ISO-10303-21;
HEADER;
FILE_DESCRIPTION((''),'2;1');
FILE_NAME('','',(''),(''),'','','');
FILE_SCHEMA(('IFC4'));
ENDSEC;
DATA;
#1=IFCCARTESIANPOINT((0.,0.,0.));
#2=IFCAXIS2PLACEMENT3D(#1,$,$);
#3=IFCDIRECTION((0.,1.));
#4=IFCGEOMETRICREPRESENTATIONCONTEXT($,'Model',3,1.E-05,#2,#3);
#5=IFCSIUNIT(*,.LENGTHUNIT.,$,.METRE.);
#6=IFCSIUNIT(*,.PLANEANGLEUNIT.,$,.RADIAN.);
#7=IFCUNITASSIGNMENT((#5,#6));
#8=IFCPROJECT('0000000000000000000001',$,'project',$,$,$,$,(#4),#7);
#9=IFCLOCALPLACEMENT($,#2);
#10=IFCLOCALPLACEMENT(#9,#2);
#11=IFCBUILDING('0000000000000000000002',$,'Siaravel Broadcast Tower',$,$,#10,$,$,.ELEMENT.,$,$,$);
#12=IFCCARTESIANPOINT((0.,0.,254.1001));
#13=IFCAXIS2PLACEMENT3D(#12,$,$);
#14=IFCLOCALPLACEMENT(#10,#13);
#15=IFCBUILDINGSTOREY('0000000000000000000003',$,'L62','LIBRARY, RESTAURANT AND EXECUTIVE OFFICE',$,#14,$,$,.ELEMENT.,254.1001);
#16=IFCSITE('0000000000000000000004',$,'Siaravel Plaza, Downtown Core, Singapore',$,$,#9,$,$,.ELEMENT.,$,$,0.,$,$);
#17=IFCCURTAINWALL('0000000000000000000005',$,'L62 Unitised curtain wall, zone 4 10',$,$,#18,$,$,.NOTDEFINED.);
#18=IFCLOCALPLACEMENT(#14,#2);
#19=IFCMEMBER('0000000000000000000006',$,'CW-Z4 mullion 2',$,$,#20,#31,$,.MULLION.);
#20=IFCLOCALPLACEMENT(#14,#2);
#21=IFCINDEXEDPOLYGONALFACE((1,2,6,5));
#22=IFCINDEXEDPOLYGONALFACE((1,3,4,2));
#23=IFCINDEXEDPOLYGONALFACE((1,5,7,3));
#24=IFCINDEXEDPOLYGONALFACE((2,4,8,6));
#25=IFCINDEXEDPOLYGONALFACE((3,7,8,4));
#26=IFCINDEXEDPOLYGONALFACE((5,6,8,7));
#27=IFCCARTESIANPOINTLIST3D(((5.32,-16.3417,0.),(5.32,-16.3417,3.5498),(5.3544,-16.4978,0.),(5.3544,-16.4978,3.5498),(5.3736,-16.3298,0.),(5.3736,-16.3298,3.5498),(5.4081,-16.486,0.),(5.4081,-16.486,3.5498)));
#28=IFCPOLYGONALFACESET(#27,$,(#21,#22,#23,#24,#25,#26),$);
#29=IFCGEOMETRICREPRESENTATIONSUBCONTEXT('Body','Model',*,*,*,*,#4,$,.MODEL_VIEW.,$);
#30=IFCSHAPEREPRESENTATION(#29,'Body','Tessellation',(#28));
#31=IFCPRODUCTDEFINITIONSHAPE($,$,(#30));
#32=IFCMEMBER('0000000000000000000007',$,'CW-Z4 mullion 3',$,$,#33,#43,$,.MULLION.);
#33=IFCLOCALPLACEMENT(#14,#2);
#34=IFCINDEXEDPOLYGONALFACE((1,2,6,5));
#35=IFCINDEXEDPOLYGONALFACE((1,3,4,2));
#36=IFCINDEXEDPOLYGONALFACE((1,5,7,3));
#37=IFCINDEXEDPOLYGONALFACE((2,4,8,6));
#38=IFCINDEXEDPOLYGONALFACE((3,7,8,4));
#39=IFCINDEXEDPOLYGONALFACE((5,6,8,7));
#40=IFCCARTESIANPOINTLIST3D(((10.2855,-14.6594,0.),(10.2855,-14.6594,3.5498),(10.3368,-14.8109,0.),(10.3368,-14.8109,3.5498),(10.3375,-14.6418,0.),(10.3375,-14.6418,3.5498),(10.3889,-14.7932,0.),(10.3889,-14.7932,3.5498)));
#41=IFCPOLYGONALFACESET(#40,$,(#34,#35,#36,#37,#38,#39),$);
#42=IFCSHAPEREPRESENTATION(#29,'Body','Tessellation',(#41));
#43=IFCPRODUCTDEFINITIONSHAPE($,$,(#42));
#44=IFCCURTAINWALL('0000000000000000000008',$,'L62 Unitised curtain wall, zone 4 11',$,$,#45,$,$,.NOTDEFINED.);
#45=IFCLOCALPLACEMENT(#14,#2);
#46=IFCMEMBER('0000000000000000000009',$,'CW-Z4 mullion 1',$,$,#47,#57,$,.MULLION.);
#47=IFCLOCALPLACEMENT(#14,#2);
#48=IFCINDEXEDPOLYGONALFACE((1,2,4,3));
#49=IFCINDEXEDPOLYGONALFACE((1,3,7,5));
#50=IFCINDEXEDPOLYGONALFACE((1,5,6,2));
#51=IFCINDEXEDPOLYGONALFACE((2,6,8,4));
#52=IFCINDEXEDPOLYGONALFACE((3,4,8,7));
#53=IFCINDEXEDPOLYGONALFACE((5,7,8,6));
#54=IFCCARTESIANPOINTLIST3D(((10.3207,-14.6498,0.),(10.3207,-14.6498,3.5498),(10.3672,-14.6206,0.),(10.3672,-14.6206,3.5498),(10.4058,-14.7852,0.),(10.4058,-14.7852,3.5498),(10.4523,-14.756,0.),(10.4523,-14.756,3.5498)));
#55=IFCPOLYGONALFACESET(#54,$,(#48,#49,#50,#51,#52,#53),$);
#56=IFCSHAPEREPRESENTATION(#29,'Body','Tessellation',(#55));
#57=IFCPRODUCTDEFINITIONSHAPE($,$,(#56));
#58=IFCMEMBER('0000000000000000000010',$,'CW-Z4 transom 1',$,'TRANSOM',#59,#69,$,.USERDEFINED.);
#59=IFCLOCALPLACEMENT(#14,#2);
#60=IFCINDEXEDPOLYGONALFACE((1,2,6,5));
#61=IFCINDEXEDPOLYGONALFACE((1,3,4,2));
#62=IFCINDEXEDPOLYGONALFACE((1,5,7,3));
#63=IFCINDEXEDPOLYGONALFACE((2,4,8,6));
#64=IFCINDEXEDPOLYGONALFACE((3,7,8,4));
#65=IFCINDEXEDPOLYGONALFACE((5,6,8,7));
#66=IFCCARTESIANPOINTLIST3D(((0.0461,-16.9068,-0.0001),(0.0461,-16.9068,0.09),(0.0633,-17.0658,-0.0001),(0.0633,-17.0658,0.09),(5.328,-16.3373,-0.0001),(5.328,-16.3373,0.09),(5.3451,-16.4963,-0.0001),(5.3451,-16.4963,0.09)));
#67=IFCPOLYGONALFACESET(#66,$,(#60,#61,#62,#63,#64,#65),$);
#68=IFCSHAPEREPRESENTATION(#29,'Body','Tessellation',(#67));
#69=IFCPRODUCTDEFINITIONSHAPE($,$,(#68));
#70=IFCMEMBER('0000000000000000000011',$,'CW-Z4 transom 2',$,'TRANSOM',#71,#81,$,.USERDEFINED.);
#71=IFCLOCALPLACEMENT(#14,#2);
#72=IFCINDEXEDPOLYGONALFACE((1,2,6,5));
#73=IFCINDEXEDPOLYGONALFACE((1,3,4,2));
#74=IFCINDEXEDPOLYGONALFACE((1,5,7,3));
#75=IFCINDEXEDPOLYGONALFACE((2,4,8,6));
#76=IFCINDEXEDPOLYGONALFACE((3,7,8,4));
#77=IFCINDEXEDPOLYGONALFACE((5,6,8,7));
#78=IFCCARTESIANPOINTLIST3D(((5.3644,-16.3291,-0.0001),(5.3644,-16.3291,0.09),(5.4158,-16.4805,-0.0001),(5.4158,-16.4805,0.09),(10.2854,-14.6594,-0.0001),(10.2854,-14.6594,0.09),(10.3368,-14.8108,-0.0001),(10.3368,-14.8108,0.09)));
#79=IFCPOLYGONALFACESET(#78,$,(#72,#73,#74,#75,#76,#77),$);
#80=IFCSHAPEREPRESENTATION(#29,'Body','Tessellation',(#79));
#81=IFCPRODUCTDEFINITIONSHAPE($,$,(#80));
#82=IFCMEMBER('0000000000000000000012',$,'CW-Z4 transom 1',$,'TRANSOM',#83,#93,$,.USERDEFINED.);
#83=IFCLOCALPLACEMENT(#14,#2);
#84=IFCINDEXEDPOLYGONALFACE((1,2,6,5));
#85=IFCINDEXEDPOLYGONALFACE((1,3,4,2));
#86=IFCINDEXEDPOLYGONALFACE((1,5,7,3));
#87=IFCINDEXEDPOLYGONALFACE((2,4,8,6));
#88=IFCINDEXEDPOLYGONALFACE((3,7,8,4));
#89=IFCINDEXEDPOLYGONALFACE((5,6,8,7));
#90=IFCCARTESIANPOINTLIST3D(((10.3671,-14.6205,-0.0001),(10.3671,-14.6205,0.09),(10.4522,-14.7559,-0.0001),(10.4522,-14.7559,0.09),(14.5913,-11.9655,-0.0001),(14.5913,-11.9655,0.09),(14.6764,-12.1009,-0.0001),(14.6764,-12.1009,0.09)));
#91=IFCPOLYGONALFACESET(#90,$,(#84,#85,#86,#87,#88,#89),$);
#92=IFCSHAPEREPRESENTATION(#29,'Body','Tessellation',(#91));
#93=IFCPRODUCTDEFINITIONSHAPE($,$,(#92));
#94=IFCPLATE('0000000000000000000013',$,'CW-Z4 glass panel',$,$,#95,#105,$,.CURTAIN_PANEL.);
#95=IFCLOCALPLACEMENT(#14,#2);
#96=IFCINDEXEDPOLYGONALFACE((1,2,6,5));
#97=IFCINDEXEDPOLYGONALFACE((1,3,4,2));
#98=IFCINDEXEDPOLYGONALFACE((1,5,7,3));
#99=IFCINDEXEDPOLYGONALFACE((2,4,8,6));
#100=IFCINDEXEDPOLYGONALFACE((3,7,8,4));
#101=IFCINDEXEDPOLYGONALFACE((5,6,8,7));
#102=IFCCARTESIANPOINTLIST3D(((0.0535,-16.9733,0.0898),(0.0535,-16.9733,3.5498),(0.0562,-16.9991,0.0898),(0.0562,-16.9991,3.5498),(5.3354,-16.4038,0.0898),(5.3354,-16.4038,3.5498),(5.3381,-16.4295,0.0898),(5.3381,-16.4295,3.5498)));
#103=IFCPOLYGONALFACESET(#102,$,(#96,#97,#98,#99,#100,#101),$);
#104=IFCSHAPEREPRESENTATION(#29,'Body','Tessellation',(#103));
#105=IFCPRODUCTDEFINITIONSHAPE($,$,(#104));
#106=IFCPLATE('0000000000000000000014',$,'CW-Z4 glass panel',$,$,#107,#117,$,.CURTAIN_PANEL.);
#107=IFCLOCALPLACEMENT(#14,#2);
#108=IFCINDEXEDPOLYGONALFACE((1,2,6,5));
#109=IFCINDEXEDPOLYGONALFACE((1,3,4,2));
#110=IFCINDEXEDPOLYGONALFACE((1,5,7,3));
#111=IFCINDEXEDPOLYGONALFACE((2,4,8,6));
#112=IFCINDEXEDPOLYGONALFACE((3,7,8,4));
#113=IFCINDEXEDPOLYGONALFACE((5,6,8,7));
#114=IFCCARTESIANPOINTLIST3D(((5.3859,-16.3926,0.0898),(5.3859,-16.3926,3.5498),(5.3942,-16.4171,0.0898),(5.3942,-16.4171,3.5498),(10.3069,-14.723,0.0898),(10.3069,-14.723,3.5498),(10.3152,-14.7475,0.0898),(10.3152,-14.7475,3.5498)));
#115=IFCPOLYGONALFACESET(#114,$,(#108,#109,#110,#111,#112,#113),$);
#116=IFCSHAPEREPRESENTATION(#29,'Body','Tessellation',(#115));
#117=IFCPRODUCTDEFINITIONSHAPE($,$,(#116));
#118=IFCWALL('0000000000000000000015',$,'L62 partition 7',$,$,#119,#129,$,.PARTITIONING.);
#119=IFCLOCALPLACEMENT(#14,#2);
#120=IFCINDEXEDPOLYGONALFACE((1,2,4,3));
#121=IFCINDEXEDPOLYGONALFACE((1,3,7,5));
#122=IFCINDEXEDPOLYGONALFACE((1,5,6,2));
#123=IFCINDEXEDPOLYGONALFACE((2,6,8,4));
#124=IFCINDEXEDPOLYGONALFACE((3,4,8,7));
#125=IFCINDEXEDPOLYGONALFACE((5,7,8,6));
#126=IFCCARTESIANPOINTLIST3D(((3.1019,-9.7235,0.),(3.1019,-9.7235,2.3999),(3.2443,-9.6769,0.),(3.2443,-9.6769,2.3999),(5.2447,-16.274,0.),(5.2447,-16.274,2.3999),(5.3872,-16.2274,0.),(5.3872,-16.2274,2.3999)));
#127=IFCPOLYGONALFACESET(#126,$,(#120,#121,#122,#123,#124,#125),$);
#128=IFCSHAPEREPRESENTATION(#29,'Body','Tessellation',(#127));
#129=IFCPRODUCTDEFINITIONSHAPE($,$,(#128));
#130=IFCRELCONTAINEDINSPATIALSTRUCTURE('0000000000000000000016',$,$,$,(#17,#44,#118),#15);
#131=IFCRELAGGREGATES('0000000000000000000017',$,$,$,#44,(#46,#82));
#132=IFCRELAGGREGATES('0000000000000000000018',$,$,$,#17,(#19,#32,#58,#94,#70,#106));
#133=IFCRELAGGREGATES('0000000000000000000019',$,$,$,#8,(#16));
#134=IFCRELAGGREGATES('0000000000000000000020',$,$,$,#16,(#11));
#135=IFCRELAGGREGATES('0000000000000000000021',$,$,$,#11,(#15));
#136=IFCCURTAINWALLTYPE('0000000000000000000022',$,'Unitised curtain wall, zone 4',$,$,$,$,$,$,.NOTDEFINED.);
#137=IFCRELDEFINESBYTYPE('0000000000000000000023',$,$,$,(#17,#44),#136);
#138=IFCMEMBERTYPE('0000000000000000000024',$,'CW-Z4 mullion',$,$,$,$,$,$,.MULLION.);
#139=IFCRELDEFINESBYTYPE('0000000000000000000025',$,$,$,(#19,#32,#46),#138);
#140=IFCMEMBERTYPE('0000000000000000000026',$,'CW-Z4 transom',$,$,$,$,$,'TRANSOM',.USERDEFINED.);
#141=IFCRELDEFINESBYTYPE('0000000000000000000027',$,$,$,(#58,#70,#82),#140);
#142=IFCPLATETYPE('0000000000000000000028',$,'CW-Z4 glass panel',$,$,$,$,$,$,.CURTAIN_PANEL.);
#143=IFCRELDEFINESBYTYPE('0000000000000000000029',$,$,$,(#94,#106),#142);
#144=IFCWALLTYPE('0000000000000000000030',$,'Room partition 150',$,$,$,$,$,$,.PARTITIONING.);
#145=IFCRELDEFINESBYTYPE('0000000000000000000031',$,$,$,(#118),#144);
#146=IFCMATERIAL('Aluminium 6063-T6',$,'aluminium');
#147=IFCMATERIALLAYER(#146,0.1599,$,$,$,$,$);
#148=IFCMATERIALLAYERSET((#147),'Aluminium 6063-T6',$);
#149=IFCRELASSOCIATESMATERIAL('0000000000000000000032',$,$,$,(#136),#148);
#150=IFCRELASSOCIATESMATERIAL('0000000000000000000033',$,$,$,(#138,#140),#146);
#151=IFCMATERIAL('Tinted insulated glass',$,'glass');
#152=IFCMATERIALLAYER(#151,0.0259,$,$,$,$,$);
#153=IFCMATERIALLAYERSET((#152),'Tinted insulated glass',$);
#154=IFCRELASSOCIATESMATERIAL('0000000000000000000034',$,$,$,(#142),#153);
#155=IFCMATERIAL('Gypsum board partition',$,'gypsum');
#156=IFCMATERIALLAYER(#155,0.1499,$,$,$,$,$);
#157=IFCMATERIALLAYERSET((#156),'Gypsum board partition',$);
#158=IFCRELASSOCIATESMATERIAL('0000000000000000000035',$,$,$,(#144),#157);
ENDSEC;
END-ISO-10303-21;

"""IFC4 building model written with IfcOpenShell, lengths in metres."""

from ifc_helpers import new_model, si_unit, direction, frame, frame_2d, origin, origin_2d, place, context, subcontext, project, spatial, rectangle, extrude, material, layer, layer_set, material_profile, profile_set, type_object, element, aggregate, save


model = new_model("IFC4")

# Units and contexts
model_context = context("Model", 3, precision=1e-05, world=origin(), true_north=direction((0.0, 1.0)))
body_context = subcontext(model_context, "Body", "Model", "MODEL_VIEW")
ifc_project = project(units=[si_unit("LENGTHUNIT", "METRE"), si_unit("PLANEANGLEUNIT", "RADIAN")], contexts=[model_context])

# Site, building, storey
site_placement = place(None, origin())
site = spatial("IfcSite", under=ifc_project, at=site_placement, Name="Siaravel Plaza, Downtown Core, Singapore", CompositionType="ELEMENT", RefElevation=0.0)
building_placement = place(site_placement, origin())
building = spatial("IfcBuilding", under=site, at=building_placement, Name="Siaravel Broadcast Tower", CompositionType="ELEMENT")
storey_placement = place(building_placement, frame((0.0, 0.0, 254.1001)))
storey = spatial("IfcBuildingStorey", under=building, at=storey_placement, Name="L62", Description="LIBRARY, RESTAURANT AND EXECUTIVE OFFICE", CompositionType="ELEMENT", Elevation=254.1001)

# Curtain wall, members
ifc_material_1 = material(Name="Aluminium 6063-T6", Category="aluminium")
ifc_layer_1 = layer(ifc_material_1, 0.1599)
ifc_layer_set_1 = layer_set([ifc_layer_1], Name="Aluminium 6063-T6")
curtain_wall_type = type_object("IfcCurtainWallType", Name="Unitised curtain wall, zone 4", PredefinedType="NOTDEFINED", material=ifc_layer_set_1)
curtain_wall_1_placement = place(storey_placement, origin())
curtain_wall_1 = element("IfcCurtainWall", 1, at=curtain_wall_1_placement, inside=storey, type_object=curtain_wall_type, Name="L62 Unitised curtain wall, zone 4 10", PredefinedType="NOTDEFINED")
ifc_material_profile_1 = material_profile(ifc_material_1, rectangle(XDim=0.1599, YDim=0.0549, at=origin_2d()))
ifc_profile_set_1 = profile_set([ifc_material_profile_1], Name="Aluminium 6063-T6")
member_type_1 = type_object("IfcMemberType", Name="CW-Z4 mullion", PredefinedType="MULLION", material=ifc_profile_set_1)
member_1_placement = place(storey_placement, frame((5.364, -16.4138, 0.0), z_axis=(0.0, 0.0, 1.0), x_axis=(-0.215559, 0.976491, 0.0)))
member_1 = element("IfcMember", 2, at=member_1_placement, type_object=member_type_1, Name="CW-Z4 mullion 2", PredefinedType="MULLION", context=body_context, shape_type="SweptSolid", body=[
    extrude(rectangle(XDim=0.1599, YDim=0.0549, at=origin_2d()), origin(), (0.0, 0.0, 1.0), 3.5498),
])
member_2_placement = place(storey_placement, frame((10.3372, -14.7263, 0.0), z_axis=(0.0, 0.0, 1.0), x_axis=(-0.321302, 0.946977, 0.0)))
member_2 = element("IfcMember", 3, at=member_2_placement, type_object=member_type_1, Name="CW-Z4 mullion 3", PredefinedType="MULLION", context=body_context, shape_type="SweptSolid", body=[
    extrude(rectangle(XDim=0.1599, YDim=0.0549, at=origin_2d()), origin(), (0.0, 0.0, 1.0), 3.5498),
])

# Curtain wall, member
curtain_wall_2_placement = place(storey_placement, origin())
curtain_wall_2 = element("IfcCurtainWall", 4, at=curtain_wall_2_placement, inside=storey, type_object=curtain_wall_type, Name="L62 Unitised curtain wall, zone 4 11", PredefinedType="NOTDEFINED")
member_3_placement = place(storey_placement, frame((10.3865, -14.7029, 0.0), z_axis=(0.0, 0.0, 1.0), x_axis=(-0.532151, 0.84665, 0.0)))
member_3 = element("IfcMember", 5, at=member_3_placement, type_object=member_type_1, Name="CW-Z4 mullion 1", PredefinedType="MULLION", context=body_context, shape_type="SweptSolid", body=[
    extrude(rectangle(XDim=0.1599, YDim=0.0549, at=origin_2d()), origin(), (0.0, 0.0, 1.0), 3.5498),
])

# Members
ifc_material_profile_2 = material_profile(ifc_material_1, rectangle(XDim=0.1599, YDim=0.0901, at=origin_2d()))
ifc_profile_set_2 = profile_set([ifc_material_profile_2], Name="Aluminium 6063-T6")
member_type_2 = type_object("IfcMemberType", Name="CW-Z4 transom", ElementType="TRANSOM", PredefinedType="USERDEFINED", material=ifc_profile_set_2)
member_4_placement = place(storey_placement, frame((0.0547, -16.9863, 0.0449), z_axis=(0.994236, 0.107213, 0.0), x_axis=(-0.107213, 0.994236, 0.0)))
member_4 = element("IfcMember", 6, at=member_4_placement, type_object=member_type_2, Name="CW-Z4 transom 1", ObjectType="TRANSOM", PredefinedType="USERDEFINED", context=body_context, shape_type="SweptSolid", body=[
    extrude(rectangle(XDim=0.1599, YDim=0.0901, at=origin_2d()), origin(), (0.0, 0.0, 1.0), 5.3125),
])
member_5_placement = place(storey_placement, frame((5.3901, -16.4048, 0.0449), z_axis=(0.946974, 0.321311, 0.0), x_axis=(-0.321311, 0.946974, 0.0)))
member_5 = element("IfcMember", 7, at=member_5_placement, type_object=member_type_2, Name="CW-Z4 transom 2", ObjectType="TRANSOM", PredefinedType="USERDEFINED", context=body_context, shape_type="SweptSolid", body=[
    extrude(rectangle(XDim=0.1599, YDim=0.0901, at=origin_2d()), origin(), (0.0, 0.0, 1.0), 5.1965),
])
member_6_placement = place(storey_placement, frame((10.4097, -14.6882, 0.0449), z_axis=(0.846649, 0.532153, 0.0), x_axis=(-0.532153, 0.846649, 0.0)))
member_6 = element("IfcMember", 8, at=member_6_placement, type_object=member_type_2, Name="CW-Z4 transom 1", ObjectType="TRANSOM", PredefinedType="USERDEFINED", context=body_context, shape_type="SweptSolid", body=[
    extrude(rectangle(XDim=0.1599, YDim=0.0901, at=origin_2d()), origin(), (0.0, 0.0, 1.0), 4.9893),
])
aggregate(curtain_wall_2, [member_3, member_6])

# Plates
ifc_material_2 = material(Name="Tinted insulated glass", Category="glass")
ifc_layer_2 = layer(ifc_material_2, 0.0259)
ifc_layer_set_2 = layer_set([ifc_layer_2], Name="Tinted insulated glass")
plate_type = type_object("IfcPlateType", Name="CW-Z4 glass panel", PredefinedType="CURTAIN_PANEL", material=ifc_layer_set_2)
plate_1_placement = place(storey_placement, frame((2.6958, -16.7014, 0.0898), z_axis=(0.0, 0.0, 1.0), x_axis=(0.994236, 0.107218, 0.0)))
plate_1 = element("IfcPlate", 9, at=plate_1_placement, type_object=plate_type, Name="CW-Z4 glass panel", PredefinedType="CURTAIN_PANEL", context=body_context, shape_type="SweptSolid", body=[
    extrude(rectangle(XDim=5.3125, YDim=0.0259, at=origin_2d()), origin(), (0.0, 0.0, 1.0), 3.46),
])
plate_2_placement = place(storey_placement, frame((7.8506, -15.5701, 0.0898), z_axis=(0.0, 0.0, 1.0), x_axis=(0.946977, 0.321302, 0.0)))
plate_2 = element("IfcPlate", 10, at=plate_2_placement, type_object=plate_type, Name="CW-Z4 glass panel", PredefinedType="CURTAIN_PANEL", context=body_context, shape_type="SweptSolid", body=[
    extrude(rectangle(XDim=5.1965, YDim=0.0259, at=origin_2d()), origin(), (0.0, 0.0, 1.0), 3.46),
])
aggregate(curtain_wall_1, [member_1, member_2, member_4, plate_1, member_5, plate_2])

# Wall
ifc_material_3 = material(Name="Gypsum board partition", Category="gypsum")
ifc_layer_3 = layer(ifc_material_3, 0.1499)
ifc_layer_set_3 = layer_set([ifc_layer_3], Name="Gypsum board partition")
wall_type = type_object("IfcWallType", Name="Room partition 150", PredefinedType="PARTITIONING", material=ifc_layer_set_3)
wall_placement = place(storey_placement, frame((5.3159, -16.2507, 0.0), z_axis=(0.0, 0.0, 1.0), x_axis=(-0.310909, 0.95044, 0.0)))
element("IfcWall", 11, at=wall_placement, inside=storey, type_object=wall_type, Name="L62 partition 7", PredefinedType="PARTITIONING", context=body_context, shape_type="SweptSolid", body=[
    extrude(rectangle(XDim=6.8921, YDim=0.1499, at=frame_2d((3.446, 0.0))), origin(), (0.0, 0.0, 1.0), 2.3999),
])

save(model, "model.ifc")
